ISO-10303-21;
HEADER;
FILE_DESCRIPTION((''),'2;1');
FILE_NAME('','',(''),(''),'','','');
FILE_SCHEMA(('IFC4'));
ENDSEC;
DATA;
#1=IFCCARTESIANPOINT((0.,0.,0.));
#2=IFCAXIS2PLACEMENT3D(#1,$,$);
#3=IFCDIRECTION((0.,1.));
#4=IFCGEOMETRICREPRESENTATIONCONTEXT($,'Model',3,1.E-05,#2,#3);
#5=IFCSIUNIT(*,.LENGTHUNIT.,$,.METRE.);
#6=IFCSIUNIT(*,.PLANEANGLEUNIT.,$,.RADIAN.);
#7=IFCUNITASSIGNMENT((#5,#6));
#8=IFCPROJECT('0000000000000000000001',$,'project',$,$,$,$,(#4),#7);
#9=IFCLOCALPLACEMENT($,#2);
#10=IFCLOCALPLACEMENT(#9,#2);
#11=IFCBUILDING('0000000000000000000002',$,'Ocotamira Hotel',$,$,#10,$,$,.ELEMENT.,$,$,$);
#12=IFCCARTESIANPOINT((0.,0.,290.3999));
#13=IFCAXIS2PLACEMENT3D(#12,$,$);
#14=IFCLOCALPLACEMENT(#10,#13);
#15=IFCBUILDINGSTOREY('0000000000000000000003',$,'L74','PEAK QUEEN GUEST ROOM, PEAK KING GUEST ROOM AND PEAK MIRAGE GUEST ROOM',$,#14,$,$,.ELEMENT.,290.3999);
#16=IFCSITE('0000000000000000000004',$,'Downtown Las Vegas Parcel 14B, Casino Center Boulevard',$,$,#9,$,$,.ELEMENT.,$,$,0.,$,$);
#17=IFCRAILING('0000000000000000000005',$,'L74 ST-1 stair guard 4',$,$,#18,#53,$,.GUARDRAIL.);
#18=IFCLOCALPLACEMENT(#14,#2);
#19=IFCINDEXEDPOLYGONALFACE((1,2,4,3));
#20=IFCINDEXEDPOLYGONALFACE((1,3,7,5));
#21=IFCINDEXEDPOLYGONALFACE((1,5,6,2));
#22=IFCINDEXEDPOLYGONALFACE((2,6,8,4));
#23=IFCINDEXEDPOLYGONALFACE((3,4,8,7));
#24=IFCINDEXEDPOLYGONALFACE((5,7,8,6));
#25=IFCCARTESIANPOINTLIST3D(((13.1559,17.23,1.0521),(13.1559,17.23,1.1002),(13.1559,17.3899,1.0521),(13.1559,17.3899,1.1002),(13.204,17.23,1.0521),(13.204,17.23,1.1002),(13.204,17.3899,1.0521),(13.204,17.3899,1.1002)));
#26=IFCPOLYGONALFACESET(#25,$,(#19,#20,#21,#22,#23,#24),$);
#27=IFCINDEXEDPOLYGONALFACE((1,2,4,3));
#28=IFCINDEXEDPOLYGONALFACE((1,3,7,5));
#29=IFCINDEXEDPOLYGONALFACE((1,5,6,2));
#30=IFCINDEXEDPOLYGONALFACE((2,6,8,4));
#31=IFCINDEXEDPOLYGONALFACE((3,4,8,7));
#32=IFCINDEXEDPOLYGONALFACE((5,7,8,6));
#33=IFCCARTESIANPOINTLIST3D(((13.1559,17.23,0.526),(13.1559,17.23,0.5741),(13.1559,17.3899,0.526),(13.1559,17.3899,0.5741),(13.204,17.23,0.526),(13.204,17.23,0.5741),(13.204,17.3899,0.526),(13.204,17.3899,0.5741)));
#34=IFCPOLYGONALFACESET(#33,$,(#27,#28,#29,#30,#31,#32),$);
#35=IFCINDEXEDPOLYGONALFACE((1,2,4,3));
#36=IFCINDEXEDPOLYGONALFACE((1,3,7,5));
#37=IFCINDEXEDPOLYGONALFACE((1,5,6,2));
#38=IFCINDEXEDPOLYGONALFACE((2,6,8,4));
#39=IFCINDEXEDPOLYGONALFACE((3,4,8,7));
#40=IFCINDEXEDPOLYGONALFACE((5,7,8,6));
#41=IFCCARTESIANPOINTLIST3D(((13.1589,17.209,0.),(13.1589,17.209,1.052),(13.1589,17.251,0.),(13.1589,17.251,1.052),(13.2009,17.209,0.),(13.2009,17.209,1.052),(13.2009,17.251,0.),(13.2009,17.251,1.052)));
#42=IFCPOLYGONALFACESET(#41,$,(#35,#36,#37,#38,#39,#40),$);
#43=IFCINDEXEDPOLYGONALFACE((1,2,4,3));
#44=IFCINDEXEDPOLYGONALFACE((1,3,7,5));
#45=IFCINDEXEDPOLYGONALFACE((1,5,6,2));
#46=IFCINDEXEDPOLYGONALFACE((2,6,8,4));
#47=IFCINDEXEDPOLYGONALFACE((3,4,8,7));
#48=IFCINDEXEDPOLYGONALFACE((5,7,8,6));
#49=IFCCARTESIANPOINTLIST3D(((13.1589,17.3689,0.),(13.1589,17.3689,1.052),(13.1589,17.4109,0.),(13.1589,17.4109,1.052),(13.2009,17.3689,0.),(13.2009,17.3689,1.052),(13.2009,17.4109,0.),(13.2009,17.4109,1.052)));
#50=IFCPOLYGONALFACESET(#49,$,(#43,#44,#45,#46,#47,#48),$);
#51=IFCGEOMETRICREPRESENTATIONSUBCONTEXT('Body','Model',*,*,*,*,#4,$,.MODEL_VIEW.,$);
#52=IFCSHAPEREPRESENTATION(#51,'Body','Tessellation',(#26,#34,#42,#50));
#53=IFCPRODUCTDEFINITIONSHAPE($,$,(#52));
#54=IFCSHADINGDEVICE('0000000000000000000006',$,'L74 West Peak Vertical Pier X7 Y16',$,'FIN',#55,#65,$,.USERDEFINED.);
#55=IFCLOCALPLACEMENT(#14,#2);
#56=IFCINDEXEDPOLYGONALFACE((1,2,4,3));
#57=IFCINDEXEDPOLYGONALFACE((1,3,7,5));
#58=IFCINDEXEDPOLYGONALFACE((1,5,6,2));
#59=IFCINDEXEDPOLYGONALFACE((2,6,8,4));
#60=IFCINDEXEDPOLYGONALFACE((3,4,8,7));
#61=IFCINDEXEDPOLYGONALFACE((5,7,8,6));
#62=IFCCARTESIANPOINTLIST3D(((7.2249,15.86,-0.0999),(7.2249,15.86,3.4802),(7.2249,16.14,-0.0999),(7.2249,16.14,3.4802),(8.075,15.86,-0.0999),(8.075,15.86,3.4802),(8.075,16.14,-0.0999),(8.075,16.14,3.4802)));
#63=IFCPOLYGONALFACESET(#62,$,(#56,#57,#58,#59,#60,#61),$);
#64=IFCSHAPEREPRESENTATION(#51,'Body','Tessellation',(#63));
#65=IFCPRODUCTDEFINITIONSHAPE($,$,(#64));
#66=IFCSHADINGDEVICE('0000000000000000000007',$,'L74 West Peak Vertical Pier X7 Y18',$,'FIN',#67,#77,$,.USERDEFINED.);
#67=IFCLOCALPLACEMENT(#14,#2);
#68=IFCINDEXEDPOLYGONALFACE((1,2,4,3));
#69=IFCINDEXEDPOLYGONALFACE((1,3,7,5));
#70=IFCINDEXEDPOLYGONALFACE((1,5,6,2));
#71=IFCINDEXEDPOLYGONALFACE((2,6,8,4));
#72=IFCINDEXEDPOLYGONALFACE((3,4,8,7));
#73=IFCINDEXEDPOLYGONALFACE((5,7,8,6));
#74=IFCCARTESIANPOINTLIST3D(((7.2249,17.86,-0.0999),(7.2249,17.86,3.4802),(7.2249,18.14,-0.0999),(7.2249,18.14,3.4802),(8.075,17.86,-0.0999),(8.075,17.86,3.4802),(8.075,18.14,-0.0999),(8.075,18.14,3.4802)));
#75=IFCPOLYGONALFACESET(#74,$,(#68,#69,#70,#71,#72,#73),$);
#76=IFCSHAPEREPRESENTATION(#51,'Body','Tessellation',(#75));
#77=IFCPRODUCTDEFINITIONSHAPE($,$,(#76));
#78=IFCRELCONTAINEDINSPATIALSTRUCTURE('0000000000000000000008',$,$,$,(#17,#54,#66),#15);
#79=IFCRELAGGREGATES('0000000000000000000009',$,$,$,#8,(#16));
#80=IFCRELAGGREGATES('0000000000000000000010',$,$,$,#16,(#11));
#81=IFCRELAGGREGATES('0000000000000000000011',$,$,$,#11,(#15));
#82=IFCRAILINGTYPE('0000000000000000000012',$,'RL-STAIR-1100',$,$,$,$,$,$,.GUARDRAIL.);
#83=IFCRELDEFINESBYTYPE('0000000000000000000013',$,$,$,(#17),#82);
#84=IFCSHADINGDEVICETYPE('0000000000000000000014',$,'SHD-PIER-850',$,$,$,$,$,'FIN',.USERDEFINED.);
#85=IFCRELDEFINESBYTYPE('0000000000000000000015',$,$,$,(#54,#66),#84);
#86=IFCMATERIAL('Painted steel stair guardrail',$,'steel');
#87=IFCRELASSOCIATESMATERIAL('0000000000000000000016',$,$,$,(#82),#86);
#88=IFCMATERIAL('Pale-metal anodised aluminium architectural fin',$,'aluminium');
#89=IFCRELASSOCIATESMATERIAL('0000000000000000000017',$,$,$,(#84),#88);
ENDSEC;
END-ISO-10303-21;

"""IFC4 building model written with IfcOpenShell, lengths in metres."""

from ifc_helpers import new_model, si_unit, direction, frame, origin, origin_2d, place, context, subcontext, project, spatial, rectangle, extrude, source, transform, mapped, material, type_object, element, save


model = new_model("IFC4")

# Units and contexts
model_context = context("Model", 3, precision=1e-05, world=origin(), true_north=direction((0.0, 1.0)))
body_context = subcontext(model_context, "Body", "Model", "MODEL_VIEW")
ifc_project = project(units=[si_unit("LENGTHUNIT", "METRE"), si_unit("PLANEANGLEUNIT", "RADIAN")], contexts=[model_context])

# Site, building, storey
site_placement = place(None, origin())
site = spatial("IfcSite", under=ifc_project, at=site_placement, Name="Downtown Las Vegas Parcel 14B, Casino Center Boulevard", CompositionType="ELEMENT", RefElevation=0.0)
building_placement = place(site_placement, origin())
building = spatial("IfcBuilding", under=site, at=building_placement, Name="Ocotamira Hotel", CompositionType="ELEMENT")
storey_placement = place(building_placement, frame((0.0, 0.0, 290.3999)))
storey = spatial("IfcBuildingStorey", under=building, at=storey_placement, Name="L74", Description="PEAK QUEEN GUEST ROOM, PEAK KING GUEST ROOM AND PEAK MIRAGE GUEST ROOM", CompositionType="ELEMENT", Elevation=290.3999)

# Railing
ifc_material_1 = material(Name="Painted steel stair guardrail", Category="steel")
railing_type_1 = type_object("IfcRailingType", Name="RL-STAIR-1100", PredefinedType="GUARDRAIL", material=ifc_material_1)
railing_1_placement = place(storey_placement, frame((13.1799, 17.23, 0.0)))
element("IfcRailing", 1, at=railing_1_placement, inside=storey, type_object=railing_type_1, Name="L74 ST-1 stair guard 4", PredefinedType="GUARDRAIL", context=body_context, shape_type="SweptSolid", body=[
    extrude(rectangle(XDim=0.0481, YDim=0.0481, at=origin_2d()), frame((0.0, 0.0, 1.0762), z_axis=(0.0, 1.0, 0.0), x_axis=(-1.0, 0.0, 0.0)), (0.0, 0.0, 1.0), 0.1599),
    extrude(rectangle(XDim=0.0481, YDim=0.0481, at=origin_2d()), frame((0.0, 0.0, 0.55), z_axis=(0.0, 1.0, 0.0), x_axis=(-1.0, 0.0, 0.0)), (0.0, 0.0, 1.0), 0.1599),
    extrude(rectangle(XDim=0.042, YDim=0.042, at=origin_2d()), origin(), (0.0, 0.0, 1.0), 1.052),
    extrude(rectangle(XDim=0.042, YDim=0.042, at=origin_2d()), frame((0.0, 0.1599, 0.0)), (0.0, 0.0, 1.0), 1.052),
])

# Shading devices
ifc_material_2 = material(Name="Pale-metal anodised aluminium architectural fin", Category="aluminium")
shading_device_type = type_object("IfcShadingDeviceType", Name="SHD-PIER-850", ElementType="FIN", PredefinedType="USERDEFINED", material=ifc_material_2)
shared_shape_1 = source(origin(), body_context, "Body", "SweptSolid", [
    extrude(rectangle(XDim=0.8501, YDim=0.28, at=origin_2d()), origin(), (0.0, 0.0, 1.0), 3.5801),
])
for number, where, z_axis, x_axis, name in (
    (2, (7.6499, 16.0, -0.0999), (0.0, 0.0, 1.0), (1.0, 0.0, 0.0), "L74 West Peak Vertical Pier X7 Y16"),
    (3, (7.6499, 18.0, -0.0999), (0.0, 0.0, 1.0), (1.0, 0.0, 0.0), "L74 West Peak Vertical Pier X7 Y18"),
):
    element("IfcShadingDevice", number, at=place(storey_placement, frame(where, z_axis=z_axis, x_axis=x_axis)), inside=storey, type_object=shading_device_type, Name=name, ObjectType="FIN", PredefinedType="USERDEFINED", context=body_context, shape_type="MappedRepresentation", body=[
        mapped(shared_shape_1, transform((0.0, 0.0, 0.0), scale=1.0)),
    ])

save(model, "model.ifc")
